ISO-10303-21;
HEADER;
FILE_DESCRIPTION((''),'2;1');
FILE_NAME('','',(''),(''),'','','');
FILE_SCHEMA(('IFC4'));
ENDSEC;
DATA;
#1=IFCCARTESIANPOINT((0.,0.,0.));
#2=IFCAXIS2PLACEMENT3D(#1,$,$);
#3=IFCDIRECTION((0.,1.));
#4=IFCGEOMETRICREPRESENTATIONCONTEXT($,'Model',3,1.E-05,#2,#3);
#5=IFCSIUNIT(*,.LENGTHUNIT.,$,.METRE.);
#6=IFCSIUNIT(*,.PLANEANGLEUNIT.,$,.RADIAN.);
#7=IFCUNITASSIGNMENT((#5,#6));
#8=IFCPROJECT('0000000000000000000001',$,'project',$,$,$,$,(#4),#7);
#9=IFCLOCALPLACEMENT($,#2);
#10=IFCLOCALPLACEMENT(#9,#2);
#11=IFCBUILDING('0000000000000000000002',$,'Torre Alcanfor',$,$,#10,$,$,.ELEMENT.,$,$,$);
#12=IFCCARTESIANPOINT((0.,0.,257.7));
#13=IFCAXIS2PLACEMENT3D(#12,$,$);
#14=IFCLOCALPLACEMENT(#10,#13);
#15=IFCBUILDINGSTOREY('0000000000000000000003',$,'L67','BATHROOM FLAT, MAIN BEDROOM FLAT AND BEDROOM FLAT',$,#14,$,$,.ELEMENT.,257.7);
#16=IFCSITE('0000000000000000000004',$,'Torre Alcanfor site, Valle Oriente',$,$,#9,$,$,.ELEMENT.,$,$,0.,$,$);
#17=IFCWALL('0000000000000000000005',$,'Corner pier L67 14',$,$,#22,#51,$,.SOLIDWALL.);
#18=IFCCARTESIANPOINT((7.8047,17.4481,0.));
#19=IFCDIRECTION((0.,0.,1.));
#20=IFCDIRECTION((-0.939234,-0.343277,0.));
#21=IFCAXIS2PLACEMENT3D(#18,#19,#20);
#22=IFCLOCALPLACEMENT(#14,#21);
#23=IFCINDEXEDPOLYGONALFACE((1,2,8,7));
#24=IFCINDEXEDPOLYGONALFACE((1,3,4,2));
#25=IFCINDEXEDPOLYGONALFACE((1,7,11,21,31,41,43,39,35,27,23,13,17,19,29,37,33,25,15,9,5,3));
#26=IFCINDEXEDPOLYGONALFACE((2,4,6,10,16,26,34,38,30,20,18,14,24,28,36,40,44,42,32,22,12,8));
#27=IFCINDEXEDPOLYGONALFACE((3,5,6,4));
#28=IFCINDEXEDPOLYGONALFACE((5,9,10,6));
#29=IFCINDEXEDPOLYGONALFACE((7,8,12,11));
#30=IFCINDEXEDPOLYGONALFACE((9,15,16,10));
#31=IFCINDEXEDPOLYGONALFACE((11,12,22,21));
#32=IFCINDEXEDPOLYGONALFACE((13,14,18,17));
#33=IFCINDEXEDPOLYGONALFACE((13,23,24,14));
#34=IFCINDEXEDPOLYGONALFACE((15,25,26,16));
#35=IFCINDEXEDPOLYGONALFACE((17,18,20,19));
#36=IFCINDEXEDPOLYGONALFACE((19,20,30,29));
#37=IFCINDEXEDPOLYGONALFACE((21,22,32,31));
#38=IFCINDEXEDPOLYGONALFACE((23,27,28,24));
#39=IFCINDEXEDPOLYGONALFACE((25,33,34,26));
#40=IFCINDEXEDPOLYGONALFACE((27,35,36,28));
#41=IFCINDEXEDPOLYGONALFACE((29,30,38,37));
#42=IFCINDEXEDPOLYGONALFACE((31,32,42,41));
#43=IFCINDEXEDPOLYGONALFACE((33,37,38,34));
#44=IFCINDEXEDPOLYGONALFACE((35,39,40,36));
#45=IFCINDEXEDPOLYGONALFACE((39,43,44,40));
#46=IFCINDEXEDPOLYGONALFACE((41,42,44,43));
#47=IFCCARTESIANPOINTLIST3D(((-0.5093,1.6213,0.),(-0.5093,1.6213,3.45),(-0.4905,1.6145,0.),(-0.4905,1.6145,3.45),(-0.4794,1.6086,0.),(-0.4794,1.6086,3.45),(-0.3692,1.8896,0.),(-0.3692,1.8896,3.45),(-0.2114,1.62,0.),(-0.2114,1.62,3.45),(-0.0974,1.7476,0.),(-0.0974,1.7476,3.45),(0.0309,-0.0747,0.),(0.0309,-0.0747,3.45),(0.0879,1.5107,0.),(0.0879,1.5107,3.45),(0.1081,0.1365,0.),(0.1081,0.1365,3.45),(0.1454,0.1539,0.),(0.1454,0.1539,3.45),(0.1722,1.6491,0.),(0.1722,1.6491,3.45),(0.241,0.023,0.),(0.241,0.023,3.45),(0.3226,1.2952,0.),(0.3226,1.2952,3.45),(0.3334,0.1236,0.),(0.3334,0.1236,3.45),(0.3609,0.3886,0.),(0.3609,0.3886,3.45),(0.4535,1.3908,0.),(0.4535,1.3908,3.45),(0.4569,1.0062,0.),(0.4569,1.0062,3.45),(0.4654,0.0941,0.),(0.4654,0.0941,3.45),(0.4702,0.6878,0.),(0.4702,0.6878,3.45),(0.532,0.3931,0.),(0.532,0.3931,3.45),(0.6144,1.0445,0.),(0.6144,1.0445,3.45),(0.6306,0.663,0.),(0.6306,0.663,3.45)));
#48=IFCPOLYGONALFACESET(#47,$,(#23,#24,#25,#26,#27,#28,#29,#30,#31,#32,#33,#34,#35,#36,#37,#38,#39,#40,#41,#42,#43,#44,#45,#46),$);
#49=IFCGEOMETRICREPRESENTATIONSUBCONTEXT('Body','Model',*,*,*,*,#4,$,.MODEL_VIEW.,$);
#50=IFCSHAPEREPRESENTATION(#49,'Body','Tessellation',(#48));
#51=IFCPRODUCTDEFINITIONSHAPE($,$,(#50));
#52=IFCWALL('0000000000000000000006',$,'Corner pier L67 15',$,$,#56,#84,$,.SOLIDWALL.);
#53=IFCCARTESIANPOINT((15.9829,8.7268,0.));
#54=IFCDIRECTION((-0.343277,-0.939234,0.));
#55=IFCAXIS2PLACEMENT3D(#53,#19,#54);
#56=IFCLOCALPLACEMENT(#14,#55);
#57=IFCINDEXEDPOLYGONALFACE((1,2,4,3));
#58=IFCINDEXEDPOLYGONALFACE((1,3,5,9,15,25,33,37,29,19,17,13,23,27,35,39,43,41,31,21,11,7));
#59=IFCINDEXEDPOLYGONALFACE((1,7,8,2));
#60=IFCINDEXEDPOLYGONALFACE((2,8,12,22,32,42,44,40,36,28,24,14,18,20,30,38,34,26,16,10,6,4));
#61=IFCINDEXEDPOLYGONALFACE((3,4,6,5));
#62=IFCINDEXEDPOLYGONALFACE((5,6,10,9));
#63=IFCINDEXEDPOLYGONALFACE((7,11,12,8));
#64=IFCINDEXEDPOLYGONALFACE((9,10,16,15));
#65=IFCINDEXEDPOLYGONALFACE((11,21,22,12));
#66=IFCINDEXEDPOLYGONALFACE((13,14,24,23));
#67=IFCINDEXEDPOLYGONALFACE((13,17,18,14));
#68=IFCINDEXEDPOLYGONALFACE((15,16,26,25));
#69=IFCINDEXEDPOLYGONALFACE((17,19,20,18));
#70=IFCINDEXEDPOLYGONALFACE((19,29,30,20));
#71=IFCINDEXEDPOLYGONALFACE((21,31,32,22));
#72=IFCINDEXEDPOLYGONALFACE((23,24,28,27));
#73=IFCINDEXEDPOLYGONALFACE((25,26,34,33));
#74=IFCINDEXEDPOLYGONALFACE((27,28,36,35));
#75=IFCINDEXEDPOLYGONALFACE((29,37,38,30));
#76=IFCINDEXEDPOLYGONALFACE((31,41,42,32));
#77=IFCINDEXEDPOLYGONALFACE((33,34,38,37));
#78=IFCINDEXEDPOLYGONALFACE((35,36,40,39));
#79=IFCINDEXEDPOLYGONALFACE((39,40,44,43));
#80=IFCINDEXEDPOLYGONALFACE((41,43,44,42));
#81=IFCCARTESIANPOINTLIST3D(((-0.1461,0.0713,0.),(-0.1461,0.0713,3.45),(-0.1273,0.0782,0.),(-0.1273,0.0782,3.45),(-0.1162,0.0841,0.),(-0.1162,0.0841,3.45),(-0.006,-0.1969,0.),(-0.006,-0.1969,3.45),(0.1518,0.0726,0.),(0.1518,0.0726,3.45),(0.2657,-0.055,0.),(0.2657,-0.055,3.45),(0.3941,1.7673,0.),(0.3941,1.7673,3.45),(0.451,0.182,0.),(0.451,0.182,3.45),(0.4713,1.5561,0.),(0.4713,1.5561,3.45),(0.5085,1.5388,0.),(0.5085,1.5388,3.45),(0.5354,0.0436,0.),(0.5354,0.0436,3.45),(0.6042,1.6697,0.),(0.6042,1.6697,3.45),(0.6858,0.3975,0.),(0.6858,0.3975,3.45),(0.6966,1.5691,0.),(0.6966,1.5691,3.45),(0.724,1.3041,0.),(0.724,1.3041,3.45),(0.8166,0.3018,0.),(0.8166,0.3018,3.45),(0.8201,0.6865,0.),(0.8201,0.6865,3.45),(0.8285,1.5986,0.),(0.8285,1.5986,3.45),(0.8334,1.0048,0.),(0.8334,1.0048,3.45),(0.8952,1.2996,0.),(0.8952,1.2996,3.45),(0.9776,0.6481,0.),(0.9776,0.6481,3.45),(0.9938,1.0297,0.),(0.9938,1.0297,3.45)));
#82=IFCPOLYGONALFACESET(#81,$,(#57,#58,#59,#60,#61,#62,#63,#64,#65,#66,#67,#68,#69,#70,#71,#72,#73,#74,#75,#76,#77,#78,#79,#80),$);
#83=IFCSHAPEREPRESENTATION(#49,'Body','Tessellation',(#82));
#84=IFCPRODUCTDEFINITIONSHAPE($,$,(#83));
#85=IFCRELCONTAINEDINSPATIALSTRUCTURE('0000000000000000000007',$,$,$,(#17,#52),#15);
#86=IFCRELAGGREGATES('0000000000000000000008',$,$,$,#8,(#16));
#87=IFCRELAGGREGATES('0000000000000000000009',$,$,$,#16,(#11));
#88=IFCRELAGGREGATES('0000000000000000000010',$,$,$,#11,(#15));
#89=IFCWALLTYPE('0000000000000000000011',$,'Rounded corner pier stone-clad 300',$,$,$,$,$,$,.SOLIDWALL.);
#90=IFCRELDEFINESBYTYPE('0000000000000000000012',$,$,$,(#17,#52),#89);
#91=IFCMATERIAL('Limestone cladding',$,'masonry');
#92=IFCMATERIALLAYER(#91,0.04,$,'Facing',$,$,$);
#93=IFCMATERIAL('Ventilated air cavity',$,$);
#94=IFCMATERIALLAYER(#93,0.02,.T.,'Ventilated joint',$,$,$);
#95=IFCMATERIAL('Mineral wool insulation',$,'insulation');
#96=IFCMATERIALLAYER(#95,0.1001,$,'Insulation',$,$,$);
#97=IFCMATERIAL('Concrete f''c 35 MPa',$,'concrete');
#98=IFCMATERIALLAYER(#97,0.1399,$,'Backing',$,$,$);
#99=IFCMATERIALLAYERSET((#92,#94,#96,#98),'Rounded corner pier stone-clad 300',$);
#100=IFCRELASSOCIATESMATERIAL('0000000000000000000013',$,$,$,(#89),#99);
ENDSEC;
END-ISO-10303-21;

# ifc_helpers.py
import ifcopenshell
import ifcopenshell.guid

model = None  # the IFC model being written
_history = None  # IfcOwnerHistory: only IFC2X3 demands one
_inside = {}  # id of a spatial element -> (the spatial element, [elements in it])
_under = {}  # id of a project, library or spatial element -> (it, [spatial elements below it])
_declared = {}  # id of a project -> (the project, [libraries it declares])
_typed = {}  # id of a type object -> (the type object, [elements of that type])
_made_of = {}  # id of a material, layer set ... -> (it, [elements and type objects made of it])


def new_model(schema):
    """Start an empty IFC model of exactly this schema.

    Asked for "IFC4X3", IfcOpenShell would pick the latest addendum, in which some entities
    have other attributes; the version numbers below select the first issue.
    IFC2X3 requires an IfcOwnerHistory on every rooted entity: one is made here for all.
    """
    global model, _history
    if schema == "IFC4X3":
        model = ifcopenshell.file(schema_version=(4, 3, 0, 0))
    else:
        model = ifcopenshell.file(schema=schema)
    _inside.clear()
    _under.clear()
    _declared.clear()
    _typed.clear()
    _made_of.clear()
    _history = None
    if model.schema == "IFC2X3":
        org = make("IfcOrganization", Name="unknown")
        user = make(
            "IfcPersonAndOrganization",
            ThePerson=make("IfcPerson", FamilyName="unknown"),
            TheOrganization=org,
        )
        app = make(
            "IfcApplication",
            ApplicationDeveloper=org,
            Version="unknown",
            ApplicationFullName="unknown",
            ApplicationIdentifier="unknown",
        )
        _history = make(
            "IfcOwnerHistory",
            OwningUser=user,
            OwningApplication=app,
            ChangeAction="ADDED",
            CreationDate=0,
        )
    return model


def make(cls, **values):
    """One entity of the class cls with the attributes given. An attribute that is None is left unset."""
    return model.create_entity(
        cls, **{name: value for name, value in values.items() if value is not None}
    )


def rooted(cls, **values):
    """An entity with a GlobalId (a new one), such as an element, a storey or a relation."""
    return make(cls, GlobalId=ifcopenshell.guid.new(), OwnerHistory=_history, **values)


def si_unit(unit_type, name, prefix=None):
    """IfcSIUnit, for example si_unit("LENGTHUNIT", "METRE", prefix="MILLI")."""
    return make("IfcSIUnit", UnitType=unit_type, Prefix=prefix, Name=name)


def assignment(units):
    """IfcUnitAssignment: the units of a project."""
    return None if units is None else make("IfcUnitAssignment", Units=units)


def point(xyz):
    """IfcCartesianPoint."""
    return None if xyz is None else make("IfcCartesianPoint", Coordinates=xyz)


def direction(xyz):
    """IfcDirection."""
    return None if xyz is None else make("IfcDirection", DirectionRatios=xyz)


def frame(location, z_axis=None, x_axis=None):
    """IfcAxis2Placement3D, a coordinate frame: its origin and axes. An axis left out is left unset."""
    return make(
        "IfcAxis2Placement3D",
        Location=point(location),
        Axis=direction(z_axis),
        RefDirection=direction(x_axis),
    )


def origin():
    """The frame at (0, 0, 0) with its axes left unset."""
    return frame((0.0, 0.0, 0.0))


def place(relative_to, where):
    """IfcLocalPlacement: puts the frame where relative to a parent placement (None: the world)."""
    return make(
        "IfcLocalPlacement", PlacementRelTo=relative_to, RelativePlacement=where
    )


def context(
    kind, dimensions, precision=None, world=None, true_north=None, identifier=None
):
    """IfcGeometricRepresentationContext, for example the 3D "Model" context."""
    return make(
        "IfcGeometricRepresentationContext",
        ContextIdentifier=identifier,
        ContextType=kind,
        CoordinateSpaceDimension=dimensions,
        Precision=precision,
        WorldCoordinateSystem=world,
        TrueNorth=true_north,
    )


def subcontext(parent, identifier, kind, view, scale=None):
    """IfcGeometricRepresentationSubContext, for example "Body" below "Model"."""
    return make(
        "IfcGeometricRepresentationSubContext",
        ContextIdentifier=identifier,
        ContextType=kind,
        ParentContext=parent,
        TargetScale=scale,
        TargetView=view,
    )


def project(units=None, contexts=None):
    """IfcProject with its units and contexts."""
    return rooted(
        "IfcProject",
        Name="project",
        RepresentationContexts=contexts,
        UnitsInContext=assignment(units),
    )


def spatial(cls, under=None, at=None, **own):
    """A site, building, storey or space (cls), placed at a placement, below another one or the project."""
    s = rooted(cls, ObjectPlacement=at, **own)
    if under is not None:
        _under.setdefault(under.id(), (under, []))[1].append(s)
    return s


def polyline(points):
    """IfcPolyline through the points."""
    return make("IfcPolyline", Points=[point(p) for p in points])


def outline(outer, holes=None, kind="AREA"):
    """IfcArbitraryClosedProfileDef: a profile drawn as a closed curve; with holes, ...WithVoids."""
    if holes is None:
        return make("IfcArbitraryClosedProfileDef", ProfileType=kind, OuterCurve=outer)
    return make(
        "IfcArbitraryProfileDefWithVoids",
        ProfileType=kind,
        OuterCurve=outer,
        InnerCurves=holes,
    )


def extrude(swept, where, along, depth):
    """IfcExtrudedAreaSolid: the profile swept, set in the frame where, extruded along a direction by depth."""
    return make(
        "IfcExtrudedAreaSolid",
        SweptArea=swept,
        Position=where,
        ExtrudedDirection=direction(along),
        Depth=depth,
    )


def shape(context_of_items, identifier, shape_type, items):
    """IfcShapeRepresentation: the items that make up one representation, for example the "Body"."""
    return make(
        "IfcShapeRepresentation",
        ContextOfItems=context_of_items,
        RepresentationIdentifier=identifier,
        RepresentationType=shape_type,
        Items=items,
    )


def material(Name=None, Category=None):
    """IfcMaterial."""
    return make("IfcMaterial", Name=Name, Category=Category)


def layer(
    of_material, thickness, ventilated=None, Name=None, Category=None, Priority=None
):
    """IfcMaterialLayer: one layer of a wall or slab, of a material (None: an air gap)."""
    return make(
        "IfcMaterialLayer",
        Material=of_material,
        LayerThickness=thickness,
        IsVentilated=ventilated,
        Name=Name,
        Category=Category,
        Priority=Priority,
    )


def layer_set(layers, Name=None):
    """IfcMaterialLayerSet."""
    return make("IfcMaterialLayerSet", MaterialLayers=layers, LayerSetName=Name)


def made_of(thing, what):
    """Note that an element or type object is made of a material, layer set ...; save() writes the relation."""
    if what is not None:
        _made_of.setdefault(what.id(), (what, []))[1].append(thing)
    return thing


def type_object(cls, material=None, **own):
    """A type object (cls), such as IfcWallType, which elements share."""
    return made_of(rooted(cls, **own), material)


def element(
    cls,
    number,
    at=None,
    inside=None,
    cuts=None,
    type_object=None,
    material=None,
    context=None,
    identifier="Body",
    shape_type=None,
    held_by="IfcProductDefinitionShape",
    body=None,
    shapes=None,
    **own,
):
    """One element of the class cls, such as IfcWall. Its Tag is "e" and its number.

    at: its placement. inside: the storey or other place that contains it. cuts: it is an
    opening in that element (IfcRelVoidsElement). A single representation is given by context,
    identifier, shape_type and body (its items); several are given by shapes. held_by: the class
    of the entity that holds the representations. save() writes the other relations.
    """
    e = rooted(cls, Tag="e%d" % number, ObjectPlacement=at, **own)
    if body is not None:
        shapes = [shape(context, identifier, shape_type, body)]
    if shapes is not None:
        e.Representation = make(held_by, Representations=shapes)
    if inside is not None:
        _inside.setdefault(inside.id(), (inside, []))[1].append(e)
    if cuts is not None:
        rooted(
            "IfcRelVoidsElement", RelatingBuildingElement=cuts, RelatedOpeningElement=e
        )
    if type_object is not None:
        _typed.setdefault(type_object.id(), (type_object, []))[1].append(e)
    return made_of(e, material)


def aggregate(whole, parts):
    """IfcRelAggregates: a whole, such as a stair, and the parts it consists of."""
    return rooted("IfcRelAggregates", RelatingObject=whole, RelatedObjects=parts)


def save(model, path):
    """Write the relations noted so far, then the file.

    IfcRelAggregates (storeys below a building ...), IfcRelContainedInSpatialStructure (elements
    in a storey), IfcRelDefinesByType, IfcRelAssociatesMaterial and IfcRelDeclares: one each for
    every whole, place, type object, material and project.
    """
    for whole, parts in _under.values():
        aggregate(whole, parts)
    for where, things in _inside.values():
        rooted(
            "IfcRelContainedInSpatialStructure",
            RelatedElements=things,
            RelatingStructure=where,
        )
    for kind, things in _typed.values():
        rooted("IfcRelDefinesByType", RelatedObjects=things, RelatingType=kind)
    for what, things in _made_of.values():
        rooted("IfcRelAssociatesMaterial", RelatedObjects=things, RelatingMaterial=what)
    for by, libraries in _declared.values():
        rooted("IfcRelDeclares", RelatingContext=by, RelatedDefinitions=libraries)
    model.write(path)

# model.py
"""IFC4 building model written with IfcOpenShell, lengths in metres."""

from ifc_helpers import new_model, si_unit, direction, frame, origin, place, context, subcontext, project, spatial, polyline, outline, extrude, material, layer, layer_set, type_object, element, save


model = new_model("IFC4")

# Units and contexts
model_context = context("Model", 3, precision=1e-05, world=origin(), true_north=direction((0.0, 1.0)))
body_context = subcontext(model_context, "Body", "Model", "MODEL_VIEW")
ifc_project = project(units=[si_unit("LENGTHUNIT", "METRE"), si_unit("PLANEANGLEUNIT", "RADIAN")], contexts=[model_context])

# Site, building, storey
site_placement = place(None, origin())
site = spatial("IfcSite", under=ifc_project, at=site_placement, Name="Torre Alcanfor site, Valle Oriente", CompositionType="ELEMENT", RefElevation=0.0)
building_placement = place(site_placement, origin())
building = spatial("IfcBuilding", under=site, at=building_placement, Name="Torre Alcanfor", CompositionType="ELEMENT")
storey_placement = place(building_placement, frame((0.0, 0.0, 257.7)))
storey = spatial("IfcBuildingStorey", under=building, at=storey_placement, Name="L67", Description="BATHROOM FLAT, MAIN BEDROOM FLAT AND BEDROOM FLAT", CompositionType="ELEMENT", Elevation=257.7)

# Shared definitions
ifc_material_1 = material(Name="Limestone cladding", Category="masonry")
ifc_material_2 = material(Name="Ventilated air cavity")
ifc_material_3 = material(Name="Mineral wool insulation", Category="insulation")
ifc_material_4 = material(Name="Concrete f'c 35 MPa", Category="concrete")

# Walls
ifc_layer_1 = layer(ifc_material_1, 0.04, Name="Facing")
ifc_layer_2 = layer(ifc_material_2, 0.02, ventilated=True, Name="Ventilated joint")
ifc_layer_3 = layer(ifc_material_3, 0.1001, Name="Insulation")
ifc_layer_4 = layer(ifc_material_4, 0.1399, Name="Backing")
ifc_layer_set_1 = layer_set([ifc_layer_1, ifc_layer_2, ifc_layer_3, ifc_layer_4], Name="Rounded corner pier stone-clad 300")
wall_type_1 = type_object("IfcWallType", Name="Rounded corner pier stone-clad 300", PredefinedType="SOLIDWALL", material=ifc_layer_set_1)
wall_1_placement = place(storey_placement, frame((7.8047, 17.4481, 0.0), z_axis=(0.0, 0.0, 1.0), x_axis=(-0.939234, -0.343277, 0.0)))
element("IfcWall", 1, at=wall_1_placement, inside=storey, type_object=wall_type_1, Name="Corner pier L67 14", PredefinedType="SOLIDWALL", context=body_context, shape_type="SweptSolid", body=[
    extrude(outline(polyline([(-0.3692, 1.8896), (-0.5093, 1.6213), (-0.4905, 1.6145), (-0.4794, 1.6086), (-0.2114, 1.62), (0.0879, 1.5107), (0.3226, 1.2952), (0.4569, 1.0062), (0.4702, 0.6878), (0.3609, 0.3886), (0.1454, 0.1539), (0.1081, 0.1365), (0.0309, -0.0747), (0.241, 0.023), (0.3334, 0.1236), (0.4654, 0.0941), (0.532, 0.3931), (0.6306, 0.663), (0.6144, 1.0445), (0.4535, 1.3908), (0.1722, 1.6491), (-0.0974, 1.7476), (-0.3692, 1.8896)])), origin(), (0.0, 0.0, 1.0), 3.45),
])
wall_2_placement = place(storey_placement, frame((15.9829, 8.7268, 0.0), z_axis=(0.0, 0.0, 1.0), x_axis=(-0.343277, -0.939234, 0.0)))
element("IfcWall", 2, at=wall_2_placement, inside=storey, type_object=wall_type_1, Name="Corner pier L67 15", PredefinedType="SOLIDWALL", context=body_context, shape_type="SweptSolid", body=[
    extrude(outline(polyline([(0.8285, 1.5986), (0.6966, 1.5691), (0.6042, 1.6697), (0.3941, 1.7673), (0.4713, 1.5561), (0.5085, 1.5388), (0.724, 1.3041), (0.8334, 1.0048), (0.8201, 0.6865), (0.6858, 0.3975), (0.451, 0.182), (0.1518, 0.0726), (-0.1162, 0.0841), (-0.1273, 0.0782), (-0.1461, 0.0713), (-0.006, -0.1969), (0.2657, -0.055), (0.5354, 0.0436), (0.8166, 0.3018), (0.9776, 0.6481), (0.9938, 1.0297), (0.8952, 1.2996), (0.8285, 1.5986)])), origin(), (0.0, 0.0, 1.0), 3.45),
])

save(model, "model.ifc")
